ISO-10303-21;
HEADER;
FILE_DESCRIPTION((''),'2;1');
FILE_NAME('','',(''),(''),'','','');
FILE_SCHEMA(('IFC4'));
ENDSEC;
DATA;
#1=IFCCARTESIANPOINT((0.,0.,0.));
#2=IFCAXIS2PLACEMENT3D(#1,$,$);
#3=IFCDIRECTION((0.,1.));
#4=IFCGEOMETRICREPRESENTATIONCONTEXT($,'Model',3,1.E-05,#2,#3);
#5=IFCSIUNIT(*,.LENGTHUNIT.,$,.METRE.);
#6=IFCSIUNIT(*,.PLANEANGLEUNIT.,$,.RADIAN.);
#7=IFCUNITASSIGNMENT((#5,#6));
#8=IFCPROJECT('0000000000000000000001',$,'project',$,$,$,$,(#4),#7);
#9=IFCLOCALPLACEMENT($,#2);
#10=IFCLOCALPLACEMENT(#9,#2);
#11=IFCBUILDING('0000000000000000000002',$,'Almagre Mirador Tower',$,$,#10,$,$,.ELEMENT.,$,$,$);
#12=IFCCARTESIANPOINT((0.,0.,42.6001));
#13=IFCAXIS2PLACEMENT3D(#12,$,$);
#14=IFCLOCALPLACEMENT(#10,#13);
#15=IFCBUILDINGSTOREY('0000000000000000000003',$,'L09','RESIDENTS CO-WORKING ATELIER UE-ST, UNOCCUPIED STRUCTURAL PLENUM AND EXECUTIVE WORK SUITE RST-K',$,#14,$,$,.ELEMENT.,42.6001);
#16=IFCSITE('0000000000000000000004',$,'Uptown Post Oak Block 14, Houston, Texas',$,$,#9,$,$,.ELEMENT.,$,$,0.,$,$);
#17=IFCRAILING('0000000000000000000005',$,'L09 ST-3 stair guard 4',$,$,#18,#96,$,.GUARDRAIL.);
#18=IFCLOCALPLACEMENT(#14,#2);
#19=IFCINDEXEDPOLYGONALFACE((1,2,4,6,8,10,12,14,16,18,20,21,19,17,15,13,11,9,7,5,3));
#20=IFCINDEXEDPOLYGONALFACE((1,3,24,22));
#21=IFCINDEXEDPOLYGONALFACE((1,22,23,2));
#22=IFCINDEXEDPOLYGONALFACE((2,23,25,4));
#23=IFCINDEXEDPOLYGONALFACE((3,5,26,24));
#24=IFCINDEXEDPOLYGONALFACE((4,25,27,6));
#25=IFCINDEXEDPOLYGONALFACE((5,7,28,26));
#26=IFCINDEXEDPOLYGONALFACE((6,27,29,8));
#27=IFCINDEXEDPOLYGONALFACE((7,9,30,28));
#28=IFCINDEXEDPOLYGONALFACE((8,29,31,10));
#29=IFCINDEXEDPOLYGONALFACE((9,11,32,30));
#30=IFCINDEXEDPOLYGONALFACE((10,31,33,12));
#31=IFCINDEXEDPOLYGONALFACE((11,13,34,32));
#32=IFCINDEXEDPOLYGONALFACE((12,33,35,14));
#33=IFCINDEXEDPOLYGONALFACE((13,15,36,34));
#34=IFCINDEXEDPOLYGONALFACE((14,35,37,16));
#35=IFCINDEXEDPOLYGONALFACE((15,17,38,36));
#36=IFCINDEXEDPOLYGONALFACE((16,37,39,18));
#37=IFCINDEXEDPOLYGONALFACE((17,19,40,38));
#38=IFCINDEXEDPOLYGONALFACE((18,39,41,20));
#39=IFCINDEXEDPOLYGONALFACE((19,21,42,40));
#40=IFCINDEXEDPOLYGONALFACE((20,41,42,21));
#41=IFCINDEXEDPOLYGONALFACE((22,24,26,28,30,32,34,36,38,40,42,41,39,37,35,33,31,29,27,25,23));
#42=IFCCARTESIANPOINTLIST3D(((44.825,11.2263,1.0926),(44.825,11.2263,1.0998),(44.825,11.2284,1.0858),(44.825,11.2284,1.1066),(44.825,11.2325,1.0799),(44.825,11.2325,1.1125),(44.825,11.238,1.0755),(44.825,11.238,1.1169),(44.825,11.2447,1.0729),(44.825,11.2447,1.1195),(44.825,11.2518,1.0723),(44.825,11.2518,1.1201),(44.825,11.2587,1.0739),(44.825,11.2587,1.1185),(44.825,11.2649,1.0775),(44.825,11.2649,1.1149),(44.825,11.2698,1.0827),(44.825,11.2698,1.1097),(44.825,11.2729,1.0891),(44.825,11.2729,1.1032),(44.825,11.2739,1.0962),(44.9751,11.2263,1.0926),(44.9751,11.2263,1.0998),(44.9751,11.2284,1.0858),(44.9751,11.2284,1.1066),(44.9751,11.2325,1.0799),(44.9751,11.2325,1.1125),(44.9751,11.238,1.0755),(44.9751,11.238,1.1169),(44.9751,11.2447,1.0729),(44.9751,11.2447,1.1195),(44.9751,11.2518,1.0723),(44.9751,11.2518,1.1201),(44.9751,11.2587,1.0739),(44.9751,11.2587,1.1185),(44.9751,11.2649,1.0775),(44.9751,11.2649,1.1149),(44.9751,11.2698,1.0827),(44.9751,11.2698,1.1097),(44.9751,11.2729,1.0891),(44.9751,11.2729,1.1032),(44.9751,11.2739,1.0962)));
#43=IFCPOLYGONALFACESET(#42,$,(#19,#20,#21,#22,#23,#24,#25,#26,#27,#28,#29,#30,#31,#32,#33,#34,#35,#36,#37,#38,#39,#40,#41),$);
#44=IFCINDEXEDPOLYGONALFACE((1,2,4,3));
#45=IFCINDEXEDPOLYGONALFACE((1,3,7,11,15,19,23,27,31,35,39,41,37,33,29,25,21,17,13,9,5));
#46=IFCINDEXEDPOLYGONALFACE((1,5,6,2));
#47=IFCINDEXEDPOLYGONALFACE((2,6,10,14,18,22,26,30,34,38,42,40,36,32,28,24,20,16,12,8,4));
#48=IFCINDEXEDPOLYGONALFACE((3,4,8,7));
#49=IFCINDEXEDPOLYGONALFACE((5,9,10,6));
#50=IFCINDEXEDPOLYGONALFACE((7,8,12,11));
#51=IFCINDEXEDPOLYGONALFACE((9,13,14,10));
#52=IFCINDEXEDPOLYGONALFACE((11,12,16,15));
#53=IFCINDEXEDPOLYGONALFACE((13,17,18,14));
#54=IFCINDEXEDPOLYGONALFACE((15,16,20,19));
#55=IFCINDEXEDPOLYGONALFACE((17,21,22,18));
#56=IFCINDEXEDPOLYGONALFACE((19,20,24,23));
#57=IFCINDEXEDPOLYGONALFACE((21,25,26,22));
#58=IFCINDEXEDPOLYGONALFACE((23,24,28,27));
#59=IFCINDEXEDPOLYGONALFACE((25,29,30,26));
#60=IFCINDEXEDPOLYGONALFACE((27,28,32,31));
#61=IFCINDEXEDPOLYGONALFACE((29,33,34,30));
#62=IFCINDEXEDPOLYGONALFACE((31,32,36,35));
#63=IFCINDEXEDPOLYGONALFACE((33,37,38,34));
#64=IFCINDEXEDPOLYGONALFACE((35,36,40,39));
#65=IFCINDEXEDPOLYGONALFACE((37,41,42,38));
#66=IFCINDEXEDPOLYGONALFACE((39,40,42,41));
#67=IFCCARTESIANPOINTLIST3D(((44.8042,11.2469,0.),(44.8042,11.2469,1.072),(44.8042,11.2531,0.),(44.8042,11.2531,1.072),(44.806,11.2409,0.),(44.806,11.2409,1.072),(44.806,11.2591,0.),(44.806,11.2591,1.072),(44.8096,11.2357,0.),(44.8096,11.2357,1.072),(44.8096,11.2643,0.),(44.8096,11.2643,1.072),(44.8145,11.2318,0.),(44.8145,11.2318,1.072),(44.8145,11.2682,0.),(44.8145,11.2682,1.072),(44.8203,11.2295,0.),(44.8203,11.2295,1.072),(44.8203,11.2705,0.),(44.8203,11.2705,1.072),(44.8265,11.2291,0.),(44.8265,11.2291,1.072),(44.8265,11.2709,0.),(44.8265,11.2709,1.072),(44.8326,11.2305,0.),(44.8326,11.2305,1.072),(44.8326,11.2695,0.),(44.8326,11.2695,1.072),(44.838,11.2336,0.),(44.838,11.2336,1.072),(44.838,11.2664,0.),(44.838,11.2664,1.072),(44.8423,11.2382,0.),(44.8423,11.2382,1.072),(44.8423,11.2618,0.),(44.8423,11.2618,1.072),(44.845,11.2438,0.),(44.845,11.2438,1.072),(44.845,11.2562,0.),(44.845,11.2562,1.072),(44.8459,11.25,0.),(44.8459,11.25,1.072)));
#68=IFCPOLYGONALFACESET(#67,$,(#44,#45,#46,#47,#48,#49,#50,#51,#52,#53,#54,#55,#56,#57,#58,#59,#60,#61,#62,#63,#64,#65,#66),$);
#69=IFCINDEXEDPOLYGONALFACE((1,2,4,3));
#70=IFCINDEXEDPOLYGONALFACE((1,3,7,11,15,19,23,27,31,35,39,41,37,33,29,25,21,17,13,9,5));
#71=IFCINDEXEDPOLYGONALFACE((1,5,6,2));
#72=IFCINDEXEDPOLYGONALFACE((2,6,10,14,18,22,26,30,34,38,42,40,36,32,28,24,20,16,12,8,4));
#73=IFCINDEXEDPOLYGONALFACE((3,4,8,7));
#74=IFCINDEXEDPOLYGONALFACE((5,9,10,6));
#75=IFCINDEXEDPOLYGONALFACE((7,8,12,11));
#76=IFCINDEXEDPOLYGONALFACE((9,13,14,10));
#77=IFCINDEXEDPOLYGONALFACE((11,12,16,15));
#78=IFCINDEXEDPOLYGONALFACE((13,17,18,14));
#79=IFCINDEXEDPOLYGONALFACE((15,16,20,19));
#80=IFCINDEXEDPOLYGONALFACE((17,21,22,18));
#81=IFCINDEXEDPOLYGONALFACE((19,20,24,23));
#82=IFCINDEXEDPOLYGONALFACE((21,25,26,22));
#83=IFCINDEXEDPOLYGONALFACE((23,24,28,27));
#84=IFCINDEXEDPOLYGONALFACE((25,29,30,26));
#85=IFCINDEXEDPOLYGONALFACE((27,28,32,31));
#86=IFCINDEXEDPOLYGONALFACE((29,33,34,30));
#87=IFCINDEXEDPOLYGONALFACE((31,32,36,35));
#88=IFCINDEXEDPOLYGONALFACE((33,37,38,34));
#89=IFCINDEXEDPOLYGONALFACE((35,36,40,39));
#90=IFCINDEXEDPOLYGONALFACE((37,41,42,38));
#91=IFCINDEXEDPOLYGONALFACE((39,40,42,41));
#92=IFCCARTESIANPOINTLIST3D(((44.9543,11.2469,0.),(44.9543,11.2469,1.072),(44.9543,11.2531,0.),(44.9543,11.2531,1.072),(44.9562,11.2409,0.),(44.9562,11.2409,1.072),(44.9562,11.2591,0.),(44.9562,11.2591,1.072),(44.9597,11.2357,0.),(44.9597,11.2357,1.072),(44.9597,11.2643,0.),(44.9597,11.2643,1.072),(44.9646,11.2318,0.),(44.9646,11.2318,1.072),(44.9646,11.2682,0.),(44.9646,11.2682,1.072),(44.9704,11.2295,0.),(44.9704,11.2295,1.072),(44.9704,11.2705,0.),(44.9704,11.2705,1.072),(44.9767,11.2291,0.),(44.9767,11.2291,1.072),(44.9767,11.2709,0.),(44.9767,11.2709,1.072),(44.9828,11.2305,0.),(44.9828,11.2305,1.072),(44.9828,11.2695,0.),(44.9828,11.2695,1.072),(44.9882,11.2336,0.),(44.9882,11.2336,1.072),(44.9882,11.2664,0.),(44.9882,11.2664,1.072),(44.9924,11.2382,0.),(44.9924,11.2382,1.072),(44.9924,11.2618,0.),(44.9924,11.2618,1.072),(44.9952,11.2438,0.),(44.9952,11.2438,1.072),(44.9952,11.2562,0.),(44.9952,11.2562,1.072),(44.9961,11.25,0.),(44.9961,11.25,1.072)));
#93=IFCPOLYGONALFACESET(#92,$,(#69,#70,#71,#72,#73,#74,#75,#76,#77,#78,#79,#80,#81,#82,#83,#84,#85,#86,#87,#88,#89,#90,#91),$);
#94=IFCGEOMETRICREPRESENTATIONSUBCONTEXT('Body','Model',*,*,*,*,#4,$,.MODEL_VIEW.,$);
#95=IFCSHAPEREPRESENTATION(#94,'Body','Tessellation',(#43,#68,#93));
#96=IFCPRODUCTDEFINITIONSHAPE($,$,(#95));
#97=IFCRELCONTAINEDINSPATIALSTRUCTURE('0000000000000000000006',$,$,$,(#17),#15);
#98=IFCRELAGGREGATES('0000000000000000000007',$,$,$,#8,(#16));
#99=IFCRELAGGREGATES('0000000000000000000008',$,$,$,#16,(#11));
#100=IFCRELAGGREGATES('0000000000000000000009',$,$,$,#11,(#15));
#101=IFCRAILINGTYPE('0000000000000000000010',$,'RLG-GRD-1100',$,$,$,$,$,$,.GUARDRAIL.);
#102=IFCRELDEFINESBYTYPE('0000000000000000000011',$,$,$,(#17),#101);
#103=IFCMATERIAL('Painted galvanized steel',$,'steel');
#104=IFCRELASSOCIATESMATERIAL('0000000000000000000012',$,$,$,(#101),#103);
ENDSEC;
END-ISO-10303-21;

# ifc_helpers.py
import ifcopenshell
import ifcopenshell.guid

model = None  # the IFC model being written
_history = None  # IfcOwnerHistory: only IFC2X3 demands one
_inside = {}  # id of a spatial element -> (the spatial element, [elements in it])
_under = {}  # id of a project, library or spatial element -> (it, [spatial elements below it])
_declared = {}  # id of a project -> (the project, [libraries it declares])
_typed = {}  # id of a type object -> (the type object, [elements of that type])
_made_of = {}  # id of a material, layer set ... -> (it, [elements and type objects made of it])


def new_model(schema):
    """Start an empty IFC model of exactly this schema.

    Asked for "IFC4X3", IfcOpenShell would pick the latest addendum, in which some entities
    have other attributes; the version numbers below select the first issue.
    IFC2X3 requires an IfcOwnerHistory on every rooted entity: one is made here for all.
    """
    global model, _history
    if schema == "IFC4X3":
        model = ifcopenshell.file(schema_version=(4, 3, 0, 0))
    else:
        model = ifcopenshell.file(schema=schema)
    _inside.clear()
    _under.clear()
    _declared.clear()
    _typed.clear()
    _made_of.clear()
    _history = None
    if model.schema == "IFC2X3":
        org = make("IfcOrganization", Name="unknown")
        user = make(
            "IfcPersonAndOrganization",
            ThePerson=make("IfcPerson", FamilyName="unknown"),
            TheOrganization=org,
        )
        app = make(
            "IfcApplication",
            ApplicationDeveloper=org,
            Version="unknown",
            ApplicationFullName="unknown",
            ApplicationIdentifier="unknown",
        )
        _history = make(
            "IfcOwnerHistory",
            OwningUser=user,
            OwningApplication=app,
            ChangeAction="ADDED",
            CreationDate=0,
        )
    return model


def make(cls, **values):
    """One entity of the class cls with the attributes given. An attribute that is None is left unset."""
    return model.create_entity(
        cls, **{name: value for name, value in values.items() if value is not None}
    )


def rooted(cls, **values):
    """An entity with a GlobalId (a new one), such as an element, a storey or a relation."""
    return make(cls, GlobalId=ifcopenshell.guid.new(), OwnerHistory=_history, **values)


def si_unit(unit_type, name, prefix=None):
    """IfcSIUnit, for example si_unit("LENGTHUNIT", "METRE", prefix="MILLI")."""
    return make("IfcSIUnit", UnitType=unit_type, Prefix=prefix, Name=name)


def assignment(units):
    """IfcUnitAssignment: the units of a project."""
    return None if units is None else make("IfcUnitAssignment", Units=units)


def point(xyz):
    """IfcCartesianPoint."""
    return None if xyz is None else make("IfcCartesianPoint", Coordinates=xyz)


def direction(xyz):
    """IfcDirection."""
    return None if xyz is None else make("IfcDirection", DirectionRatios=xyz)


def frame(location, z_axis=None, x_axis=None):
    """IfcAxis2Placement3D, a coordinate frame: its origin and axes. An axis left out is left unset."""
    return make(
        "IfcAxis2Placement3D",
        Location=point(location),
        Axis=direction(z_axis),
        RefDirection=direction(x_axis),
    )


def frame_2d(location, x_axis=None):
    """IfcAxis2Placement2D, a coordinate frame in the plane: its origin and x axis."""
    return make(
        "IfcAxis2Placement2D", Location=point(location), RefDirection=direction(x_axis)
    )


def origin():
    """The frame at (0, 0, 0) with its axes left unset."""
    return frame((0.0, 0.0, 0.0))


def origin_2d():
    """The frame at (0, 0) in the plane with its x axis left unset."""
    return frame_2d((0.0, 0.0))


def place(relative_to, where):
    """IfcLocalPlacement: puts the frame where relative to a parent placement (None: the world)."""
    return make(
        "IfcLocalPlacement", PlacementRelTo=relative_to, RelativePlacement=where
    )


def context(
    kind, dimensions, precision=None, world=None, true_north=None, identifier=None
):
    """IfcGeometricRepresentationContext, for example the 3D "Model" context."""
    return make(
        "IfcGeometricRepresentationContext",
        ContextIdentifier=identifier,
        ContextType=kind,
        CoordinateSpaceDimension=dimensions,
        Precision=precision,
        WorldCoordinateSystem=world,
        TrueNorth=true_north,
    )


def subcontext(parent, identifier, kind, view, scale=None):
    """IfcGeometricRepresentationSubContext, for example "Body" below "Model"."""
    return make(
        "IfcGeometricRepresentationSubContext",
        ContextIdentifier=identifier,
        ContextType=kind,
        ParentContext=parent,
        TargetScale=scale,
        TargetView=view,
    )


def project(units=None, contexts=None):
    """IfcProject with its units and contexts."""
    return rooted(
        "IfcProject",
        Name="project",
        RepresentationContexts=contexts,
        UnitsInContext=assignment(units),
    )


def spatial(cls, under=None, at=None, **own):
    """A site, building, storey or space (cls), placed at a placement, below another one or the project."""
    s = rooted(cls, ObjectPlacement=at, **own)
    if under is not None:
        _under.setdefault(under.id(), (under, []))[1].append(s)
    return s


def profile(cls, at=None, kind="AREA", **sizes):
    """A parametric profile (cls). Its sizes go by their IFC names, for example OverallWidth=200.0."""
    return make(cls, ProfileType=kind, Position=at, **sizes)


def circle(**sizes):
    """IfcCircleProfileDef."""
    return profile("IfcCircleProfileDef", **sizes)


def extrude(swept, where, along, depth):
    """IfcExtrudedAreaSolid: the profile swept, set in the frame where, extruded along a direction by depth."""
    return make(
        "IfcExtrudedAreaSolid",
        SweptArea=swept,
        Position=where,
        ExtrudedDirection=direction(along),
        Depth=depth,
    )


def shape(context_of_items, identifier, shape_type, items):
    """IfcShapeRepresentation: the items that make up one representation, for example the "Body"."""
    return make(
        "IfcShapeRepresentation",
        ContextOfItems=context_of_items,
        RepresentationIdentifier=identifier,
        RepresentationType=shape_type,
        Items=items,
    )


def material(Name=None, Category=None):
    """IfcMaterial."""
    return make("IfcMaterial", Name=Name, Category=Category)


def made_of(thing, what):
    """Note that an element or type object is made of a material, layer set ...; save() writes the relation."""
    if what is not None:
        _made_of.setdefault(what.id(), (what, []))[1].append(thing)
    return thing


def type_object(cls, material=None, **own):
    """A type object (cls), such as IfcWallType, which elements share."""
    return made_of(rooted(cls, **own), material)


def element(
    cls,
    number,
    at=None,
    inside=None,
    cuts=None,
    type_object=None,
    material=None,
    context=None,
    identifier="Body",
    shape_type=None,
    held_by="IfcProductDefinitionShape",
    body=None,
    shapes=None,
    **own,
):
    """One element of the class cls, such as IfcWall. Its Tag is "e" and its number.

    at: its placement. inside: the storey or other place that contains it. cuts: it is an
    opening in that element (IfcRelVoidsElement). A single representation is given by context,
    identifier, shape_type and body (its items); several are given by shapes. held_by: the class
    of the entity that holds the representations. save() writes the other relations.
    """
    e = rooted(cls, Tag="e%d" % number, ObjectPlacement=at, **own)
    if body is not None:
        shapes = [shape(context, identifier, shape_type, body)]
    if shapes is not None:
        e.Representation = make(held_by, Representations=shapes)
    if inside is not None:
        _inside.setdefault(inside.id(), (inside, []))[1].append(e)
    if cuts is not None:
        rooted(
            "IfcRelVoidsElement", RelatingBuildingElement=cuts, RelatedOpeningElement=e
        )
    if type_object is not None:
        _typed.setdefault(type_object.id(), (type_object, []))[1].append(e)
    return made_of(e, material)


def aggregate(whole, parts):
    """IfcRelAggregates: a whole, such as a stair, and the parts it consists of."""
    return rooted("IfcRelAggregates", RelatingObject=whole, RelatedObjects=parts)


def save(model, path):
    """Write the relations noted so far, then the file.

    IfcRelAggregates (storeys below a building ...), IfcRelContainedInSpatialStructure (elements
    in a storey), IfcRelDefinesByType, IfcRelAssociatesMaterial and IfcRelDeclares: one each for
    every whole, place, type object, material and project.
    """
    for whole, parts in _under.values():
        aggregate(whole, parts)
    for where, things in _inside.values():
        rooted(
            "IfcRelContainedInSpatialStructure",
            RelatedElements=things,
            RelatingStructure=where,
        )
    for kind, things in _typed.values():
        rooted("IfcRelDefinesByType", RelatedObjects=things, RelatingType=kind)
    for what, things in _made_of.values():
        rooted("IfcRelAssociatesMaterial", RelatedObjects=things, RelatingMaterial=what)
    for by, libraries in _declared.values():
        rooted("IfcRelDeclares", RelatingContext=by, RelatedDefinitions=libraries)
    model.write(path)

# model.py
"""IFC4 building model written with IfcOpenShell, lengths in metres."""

from ifc_helpers import new_model, si_unit, direction, frame, origin, origin_2d, place, context, subcontext, project, spatial, circle, extrude, material, type_object, element, save


model = new_model("IFC4")

# Units and contexts
model_context = context("Model", 3, precision=1e-05, world=origin(), true_north=direction((0.0, 1.0)))
body_context = subcontext(model_context, "Body", "Model", "MODEL_VIEW")
ifc_project = project(units=[si_unit("LENGTHUNIT", "METRE"), si_unit("PLANEANGLEUNIT", "RADIAN")], contexts=[model_context])

# Site, building, storey
site_placement = place(None, origin())
site = spatial("IfcSite", under=ifc_project, at=site_placement, Name="Uptown Post Oak Block 14, Houston, Texas", CompositionType="ELEMENT", RefElevation=0.0)
building_placement = place(site_placement, origin())
building = spatial("IfcBuilding", under=site, at=building_placement, Name="Almagre Mirador Tower", CompositionType="ELEMENT")
storey_placement = place(building_placement, frame((0.0, 0.0, 42.6001)))
storey = spatial("IfcBuildingStorey", under=building, at=storey_placement, Name="L09", Description="RESIDENTS CO-WORKING ATELIER UE-ST, UNOCCUPIED STRUCTURAL PLENUM AND EXECUTIVE WORK SUITE RST-K", CompositionType="ELEMENT", Elevation=42.6001)

# Railing
ifc_material_1 = material(Name="Painted galvanized steel", Category="steel")
railing_type_1 = type_object("IfcRailingType", Name="RLG-GRD-1100", PredefinedType="GUARDRAIL", material=ifc_material_1)
railing_1_placement = place(storey_placement, frame((44.825, 11.25, 0.0)))
element("IfcRailing", 1, at=railing_1_placement, inside=storey, type_object=railing_type_1, Name="L09 ST-3 stair guard 4", PredefinedType="GUARDRAIL", context=body_context, shape_type="SweptSolid", body=[
    extrude(circle(Radius=0.0239, at=origin_2d()), frame((0.0, 0.0, 1.0962), z_axis=(1.0, 0.0, 0.0), x_axis=(0.0, 1.0, 0.0)), (0.0, 0.0, 1.0), 0.1501),
    extrude(circle(Radius=0.021, at=origin_2d()), origin(), (0.0, 0.0, 1.0), 1.072),
    extrude(circle(Radius=0.021, at=origin_2d()), frame((0.1501, 0.0, 0.0)), (0.0, 0.0, 1.0), 1.072),
])

save(model, "model.ifc")
